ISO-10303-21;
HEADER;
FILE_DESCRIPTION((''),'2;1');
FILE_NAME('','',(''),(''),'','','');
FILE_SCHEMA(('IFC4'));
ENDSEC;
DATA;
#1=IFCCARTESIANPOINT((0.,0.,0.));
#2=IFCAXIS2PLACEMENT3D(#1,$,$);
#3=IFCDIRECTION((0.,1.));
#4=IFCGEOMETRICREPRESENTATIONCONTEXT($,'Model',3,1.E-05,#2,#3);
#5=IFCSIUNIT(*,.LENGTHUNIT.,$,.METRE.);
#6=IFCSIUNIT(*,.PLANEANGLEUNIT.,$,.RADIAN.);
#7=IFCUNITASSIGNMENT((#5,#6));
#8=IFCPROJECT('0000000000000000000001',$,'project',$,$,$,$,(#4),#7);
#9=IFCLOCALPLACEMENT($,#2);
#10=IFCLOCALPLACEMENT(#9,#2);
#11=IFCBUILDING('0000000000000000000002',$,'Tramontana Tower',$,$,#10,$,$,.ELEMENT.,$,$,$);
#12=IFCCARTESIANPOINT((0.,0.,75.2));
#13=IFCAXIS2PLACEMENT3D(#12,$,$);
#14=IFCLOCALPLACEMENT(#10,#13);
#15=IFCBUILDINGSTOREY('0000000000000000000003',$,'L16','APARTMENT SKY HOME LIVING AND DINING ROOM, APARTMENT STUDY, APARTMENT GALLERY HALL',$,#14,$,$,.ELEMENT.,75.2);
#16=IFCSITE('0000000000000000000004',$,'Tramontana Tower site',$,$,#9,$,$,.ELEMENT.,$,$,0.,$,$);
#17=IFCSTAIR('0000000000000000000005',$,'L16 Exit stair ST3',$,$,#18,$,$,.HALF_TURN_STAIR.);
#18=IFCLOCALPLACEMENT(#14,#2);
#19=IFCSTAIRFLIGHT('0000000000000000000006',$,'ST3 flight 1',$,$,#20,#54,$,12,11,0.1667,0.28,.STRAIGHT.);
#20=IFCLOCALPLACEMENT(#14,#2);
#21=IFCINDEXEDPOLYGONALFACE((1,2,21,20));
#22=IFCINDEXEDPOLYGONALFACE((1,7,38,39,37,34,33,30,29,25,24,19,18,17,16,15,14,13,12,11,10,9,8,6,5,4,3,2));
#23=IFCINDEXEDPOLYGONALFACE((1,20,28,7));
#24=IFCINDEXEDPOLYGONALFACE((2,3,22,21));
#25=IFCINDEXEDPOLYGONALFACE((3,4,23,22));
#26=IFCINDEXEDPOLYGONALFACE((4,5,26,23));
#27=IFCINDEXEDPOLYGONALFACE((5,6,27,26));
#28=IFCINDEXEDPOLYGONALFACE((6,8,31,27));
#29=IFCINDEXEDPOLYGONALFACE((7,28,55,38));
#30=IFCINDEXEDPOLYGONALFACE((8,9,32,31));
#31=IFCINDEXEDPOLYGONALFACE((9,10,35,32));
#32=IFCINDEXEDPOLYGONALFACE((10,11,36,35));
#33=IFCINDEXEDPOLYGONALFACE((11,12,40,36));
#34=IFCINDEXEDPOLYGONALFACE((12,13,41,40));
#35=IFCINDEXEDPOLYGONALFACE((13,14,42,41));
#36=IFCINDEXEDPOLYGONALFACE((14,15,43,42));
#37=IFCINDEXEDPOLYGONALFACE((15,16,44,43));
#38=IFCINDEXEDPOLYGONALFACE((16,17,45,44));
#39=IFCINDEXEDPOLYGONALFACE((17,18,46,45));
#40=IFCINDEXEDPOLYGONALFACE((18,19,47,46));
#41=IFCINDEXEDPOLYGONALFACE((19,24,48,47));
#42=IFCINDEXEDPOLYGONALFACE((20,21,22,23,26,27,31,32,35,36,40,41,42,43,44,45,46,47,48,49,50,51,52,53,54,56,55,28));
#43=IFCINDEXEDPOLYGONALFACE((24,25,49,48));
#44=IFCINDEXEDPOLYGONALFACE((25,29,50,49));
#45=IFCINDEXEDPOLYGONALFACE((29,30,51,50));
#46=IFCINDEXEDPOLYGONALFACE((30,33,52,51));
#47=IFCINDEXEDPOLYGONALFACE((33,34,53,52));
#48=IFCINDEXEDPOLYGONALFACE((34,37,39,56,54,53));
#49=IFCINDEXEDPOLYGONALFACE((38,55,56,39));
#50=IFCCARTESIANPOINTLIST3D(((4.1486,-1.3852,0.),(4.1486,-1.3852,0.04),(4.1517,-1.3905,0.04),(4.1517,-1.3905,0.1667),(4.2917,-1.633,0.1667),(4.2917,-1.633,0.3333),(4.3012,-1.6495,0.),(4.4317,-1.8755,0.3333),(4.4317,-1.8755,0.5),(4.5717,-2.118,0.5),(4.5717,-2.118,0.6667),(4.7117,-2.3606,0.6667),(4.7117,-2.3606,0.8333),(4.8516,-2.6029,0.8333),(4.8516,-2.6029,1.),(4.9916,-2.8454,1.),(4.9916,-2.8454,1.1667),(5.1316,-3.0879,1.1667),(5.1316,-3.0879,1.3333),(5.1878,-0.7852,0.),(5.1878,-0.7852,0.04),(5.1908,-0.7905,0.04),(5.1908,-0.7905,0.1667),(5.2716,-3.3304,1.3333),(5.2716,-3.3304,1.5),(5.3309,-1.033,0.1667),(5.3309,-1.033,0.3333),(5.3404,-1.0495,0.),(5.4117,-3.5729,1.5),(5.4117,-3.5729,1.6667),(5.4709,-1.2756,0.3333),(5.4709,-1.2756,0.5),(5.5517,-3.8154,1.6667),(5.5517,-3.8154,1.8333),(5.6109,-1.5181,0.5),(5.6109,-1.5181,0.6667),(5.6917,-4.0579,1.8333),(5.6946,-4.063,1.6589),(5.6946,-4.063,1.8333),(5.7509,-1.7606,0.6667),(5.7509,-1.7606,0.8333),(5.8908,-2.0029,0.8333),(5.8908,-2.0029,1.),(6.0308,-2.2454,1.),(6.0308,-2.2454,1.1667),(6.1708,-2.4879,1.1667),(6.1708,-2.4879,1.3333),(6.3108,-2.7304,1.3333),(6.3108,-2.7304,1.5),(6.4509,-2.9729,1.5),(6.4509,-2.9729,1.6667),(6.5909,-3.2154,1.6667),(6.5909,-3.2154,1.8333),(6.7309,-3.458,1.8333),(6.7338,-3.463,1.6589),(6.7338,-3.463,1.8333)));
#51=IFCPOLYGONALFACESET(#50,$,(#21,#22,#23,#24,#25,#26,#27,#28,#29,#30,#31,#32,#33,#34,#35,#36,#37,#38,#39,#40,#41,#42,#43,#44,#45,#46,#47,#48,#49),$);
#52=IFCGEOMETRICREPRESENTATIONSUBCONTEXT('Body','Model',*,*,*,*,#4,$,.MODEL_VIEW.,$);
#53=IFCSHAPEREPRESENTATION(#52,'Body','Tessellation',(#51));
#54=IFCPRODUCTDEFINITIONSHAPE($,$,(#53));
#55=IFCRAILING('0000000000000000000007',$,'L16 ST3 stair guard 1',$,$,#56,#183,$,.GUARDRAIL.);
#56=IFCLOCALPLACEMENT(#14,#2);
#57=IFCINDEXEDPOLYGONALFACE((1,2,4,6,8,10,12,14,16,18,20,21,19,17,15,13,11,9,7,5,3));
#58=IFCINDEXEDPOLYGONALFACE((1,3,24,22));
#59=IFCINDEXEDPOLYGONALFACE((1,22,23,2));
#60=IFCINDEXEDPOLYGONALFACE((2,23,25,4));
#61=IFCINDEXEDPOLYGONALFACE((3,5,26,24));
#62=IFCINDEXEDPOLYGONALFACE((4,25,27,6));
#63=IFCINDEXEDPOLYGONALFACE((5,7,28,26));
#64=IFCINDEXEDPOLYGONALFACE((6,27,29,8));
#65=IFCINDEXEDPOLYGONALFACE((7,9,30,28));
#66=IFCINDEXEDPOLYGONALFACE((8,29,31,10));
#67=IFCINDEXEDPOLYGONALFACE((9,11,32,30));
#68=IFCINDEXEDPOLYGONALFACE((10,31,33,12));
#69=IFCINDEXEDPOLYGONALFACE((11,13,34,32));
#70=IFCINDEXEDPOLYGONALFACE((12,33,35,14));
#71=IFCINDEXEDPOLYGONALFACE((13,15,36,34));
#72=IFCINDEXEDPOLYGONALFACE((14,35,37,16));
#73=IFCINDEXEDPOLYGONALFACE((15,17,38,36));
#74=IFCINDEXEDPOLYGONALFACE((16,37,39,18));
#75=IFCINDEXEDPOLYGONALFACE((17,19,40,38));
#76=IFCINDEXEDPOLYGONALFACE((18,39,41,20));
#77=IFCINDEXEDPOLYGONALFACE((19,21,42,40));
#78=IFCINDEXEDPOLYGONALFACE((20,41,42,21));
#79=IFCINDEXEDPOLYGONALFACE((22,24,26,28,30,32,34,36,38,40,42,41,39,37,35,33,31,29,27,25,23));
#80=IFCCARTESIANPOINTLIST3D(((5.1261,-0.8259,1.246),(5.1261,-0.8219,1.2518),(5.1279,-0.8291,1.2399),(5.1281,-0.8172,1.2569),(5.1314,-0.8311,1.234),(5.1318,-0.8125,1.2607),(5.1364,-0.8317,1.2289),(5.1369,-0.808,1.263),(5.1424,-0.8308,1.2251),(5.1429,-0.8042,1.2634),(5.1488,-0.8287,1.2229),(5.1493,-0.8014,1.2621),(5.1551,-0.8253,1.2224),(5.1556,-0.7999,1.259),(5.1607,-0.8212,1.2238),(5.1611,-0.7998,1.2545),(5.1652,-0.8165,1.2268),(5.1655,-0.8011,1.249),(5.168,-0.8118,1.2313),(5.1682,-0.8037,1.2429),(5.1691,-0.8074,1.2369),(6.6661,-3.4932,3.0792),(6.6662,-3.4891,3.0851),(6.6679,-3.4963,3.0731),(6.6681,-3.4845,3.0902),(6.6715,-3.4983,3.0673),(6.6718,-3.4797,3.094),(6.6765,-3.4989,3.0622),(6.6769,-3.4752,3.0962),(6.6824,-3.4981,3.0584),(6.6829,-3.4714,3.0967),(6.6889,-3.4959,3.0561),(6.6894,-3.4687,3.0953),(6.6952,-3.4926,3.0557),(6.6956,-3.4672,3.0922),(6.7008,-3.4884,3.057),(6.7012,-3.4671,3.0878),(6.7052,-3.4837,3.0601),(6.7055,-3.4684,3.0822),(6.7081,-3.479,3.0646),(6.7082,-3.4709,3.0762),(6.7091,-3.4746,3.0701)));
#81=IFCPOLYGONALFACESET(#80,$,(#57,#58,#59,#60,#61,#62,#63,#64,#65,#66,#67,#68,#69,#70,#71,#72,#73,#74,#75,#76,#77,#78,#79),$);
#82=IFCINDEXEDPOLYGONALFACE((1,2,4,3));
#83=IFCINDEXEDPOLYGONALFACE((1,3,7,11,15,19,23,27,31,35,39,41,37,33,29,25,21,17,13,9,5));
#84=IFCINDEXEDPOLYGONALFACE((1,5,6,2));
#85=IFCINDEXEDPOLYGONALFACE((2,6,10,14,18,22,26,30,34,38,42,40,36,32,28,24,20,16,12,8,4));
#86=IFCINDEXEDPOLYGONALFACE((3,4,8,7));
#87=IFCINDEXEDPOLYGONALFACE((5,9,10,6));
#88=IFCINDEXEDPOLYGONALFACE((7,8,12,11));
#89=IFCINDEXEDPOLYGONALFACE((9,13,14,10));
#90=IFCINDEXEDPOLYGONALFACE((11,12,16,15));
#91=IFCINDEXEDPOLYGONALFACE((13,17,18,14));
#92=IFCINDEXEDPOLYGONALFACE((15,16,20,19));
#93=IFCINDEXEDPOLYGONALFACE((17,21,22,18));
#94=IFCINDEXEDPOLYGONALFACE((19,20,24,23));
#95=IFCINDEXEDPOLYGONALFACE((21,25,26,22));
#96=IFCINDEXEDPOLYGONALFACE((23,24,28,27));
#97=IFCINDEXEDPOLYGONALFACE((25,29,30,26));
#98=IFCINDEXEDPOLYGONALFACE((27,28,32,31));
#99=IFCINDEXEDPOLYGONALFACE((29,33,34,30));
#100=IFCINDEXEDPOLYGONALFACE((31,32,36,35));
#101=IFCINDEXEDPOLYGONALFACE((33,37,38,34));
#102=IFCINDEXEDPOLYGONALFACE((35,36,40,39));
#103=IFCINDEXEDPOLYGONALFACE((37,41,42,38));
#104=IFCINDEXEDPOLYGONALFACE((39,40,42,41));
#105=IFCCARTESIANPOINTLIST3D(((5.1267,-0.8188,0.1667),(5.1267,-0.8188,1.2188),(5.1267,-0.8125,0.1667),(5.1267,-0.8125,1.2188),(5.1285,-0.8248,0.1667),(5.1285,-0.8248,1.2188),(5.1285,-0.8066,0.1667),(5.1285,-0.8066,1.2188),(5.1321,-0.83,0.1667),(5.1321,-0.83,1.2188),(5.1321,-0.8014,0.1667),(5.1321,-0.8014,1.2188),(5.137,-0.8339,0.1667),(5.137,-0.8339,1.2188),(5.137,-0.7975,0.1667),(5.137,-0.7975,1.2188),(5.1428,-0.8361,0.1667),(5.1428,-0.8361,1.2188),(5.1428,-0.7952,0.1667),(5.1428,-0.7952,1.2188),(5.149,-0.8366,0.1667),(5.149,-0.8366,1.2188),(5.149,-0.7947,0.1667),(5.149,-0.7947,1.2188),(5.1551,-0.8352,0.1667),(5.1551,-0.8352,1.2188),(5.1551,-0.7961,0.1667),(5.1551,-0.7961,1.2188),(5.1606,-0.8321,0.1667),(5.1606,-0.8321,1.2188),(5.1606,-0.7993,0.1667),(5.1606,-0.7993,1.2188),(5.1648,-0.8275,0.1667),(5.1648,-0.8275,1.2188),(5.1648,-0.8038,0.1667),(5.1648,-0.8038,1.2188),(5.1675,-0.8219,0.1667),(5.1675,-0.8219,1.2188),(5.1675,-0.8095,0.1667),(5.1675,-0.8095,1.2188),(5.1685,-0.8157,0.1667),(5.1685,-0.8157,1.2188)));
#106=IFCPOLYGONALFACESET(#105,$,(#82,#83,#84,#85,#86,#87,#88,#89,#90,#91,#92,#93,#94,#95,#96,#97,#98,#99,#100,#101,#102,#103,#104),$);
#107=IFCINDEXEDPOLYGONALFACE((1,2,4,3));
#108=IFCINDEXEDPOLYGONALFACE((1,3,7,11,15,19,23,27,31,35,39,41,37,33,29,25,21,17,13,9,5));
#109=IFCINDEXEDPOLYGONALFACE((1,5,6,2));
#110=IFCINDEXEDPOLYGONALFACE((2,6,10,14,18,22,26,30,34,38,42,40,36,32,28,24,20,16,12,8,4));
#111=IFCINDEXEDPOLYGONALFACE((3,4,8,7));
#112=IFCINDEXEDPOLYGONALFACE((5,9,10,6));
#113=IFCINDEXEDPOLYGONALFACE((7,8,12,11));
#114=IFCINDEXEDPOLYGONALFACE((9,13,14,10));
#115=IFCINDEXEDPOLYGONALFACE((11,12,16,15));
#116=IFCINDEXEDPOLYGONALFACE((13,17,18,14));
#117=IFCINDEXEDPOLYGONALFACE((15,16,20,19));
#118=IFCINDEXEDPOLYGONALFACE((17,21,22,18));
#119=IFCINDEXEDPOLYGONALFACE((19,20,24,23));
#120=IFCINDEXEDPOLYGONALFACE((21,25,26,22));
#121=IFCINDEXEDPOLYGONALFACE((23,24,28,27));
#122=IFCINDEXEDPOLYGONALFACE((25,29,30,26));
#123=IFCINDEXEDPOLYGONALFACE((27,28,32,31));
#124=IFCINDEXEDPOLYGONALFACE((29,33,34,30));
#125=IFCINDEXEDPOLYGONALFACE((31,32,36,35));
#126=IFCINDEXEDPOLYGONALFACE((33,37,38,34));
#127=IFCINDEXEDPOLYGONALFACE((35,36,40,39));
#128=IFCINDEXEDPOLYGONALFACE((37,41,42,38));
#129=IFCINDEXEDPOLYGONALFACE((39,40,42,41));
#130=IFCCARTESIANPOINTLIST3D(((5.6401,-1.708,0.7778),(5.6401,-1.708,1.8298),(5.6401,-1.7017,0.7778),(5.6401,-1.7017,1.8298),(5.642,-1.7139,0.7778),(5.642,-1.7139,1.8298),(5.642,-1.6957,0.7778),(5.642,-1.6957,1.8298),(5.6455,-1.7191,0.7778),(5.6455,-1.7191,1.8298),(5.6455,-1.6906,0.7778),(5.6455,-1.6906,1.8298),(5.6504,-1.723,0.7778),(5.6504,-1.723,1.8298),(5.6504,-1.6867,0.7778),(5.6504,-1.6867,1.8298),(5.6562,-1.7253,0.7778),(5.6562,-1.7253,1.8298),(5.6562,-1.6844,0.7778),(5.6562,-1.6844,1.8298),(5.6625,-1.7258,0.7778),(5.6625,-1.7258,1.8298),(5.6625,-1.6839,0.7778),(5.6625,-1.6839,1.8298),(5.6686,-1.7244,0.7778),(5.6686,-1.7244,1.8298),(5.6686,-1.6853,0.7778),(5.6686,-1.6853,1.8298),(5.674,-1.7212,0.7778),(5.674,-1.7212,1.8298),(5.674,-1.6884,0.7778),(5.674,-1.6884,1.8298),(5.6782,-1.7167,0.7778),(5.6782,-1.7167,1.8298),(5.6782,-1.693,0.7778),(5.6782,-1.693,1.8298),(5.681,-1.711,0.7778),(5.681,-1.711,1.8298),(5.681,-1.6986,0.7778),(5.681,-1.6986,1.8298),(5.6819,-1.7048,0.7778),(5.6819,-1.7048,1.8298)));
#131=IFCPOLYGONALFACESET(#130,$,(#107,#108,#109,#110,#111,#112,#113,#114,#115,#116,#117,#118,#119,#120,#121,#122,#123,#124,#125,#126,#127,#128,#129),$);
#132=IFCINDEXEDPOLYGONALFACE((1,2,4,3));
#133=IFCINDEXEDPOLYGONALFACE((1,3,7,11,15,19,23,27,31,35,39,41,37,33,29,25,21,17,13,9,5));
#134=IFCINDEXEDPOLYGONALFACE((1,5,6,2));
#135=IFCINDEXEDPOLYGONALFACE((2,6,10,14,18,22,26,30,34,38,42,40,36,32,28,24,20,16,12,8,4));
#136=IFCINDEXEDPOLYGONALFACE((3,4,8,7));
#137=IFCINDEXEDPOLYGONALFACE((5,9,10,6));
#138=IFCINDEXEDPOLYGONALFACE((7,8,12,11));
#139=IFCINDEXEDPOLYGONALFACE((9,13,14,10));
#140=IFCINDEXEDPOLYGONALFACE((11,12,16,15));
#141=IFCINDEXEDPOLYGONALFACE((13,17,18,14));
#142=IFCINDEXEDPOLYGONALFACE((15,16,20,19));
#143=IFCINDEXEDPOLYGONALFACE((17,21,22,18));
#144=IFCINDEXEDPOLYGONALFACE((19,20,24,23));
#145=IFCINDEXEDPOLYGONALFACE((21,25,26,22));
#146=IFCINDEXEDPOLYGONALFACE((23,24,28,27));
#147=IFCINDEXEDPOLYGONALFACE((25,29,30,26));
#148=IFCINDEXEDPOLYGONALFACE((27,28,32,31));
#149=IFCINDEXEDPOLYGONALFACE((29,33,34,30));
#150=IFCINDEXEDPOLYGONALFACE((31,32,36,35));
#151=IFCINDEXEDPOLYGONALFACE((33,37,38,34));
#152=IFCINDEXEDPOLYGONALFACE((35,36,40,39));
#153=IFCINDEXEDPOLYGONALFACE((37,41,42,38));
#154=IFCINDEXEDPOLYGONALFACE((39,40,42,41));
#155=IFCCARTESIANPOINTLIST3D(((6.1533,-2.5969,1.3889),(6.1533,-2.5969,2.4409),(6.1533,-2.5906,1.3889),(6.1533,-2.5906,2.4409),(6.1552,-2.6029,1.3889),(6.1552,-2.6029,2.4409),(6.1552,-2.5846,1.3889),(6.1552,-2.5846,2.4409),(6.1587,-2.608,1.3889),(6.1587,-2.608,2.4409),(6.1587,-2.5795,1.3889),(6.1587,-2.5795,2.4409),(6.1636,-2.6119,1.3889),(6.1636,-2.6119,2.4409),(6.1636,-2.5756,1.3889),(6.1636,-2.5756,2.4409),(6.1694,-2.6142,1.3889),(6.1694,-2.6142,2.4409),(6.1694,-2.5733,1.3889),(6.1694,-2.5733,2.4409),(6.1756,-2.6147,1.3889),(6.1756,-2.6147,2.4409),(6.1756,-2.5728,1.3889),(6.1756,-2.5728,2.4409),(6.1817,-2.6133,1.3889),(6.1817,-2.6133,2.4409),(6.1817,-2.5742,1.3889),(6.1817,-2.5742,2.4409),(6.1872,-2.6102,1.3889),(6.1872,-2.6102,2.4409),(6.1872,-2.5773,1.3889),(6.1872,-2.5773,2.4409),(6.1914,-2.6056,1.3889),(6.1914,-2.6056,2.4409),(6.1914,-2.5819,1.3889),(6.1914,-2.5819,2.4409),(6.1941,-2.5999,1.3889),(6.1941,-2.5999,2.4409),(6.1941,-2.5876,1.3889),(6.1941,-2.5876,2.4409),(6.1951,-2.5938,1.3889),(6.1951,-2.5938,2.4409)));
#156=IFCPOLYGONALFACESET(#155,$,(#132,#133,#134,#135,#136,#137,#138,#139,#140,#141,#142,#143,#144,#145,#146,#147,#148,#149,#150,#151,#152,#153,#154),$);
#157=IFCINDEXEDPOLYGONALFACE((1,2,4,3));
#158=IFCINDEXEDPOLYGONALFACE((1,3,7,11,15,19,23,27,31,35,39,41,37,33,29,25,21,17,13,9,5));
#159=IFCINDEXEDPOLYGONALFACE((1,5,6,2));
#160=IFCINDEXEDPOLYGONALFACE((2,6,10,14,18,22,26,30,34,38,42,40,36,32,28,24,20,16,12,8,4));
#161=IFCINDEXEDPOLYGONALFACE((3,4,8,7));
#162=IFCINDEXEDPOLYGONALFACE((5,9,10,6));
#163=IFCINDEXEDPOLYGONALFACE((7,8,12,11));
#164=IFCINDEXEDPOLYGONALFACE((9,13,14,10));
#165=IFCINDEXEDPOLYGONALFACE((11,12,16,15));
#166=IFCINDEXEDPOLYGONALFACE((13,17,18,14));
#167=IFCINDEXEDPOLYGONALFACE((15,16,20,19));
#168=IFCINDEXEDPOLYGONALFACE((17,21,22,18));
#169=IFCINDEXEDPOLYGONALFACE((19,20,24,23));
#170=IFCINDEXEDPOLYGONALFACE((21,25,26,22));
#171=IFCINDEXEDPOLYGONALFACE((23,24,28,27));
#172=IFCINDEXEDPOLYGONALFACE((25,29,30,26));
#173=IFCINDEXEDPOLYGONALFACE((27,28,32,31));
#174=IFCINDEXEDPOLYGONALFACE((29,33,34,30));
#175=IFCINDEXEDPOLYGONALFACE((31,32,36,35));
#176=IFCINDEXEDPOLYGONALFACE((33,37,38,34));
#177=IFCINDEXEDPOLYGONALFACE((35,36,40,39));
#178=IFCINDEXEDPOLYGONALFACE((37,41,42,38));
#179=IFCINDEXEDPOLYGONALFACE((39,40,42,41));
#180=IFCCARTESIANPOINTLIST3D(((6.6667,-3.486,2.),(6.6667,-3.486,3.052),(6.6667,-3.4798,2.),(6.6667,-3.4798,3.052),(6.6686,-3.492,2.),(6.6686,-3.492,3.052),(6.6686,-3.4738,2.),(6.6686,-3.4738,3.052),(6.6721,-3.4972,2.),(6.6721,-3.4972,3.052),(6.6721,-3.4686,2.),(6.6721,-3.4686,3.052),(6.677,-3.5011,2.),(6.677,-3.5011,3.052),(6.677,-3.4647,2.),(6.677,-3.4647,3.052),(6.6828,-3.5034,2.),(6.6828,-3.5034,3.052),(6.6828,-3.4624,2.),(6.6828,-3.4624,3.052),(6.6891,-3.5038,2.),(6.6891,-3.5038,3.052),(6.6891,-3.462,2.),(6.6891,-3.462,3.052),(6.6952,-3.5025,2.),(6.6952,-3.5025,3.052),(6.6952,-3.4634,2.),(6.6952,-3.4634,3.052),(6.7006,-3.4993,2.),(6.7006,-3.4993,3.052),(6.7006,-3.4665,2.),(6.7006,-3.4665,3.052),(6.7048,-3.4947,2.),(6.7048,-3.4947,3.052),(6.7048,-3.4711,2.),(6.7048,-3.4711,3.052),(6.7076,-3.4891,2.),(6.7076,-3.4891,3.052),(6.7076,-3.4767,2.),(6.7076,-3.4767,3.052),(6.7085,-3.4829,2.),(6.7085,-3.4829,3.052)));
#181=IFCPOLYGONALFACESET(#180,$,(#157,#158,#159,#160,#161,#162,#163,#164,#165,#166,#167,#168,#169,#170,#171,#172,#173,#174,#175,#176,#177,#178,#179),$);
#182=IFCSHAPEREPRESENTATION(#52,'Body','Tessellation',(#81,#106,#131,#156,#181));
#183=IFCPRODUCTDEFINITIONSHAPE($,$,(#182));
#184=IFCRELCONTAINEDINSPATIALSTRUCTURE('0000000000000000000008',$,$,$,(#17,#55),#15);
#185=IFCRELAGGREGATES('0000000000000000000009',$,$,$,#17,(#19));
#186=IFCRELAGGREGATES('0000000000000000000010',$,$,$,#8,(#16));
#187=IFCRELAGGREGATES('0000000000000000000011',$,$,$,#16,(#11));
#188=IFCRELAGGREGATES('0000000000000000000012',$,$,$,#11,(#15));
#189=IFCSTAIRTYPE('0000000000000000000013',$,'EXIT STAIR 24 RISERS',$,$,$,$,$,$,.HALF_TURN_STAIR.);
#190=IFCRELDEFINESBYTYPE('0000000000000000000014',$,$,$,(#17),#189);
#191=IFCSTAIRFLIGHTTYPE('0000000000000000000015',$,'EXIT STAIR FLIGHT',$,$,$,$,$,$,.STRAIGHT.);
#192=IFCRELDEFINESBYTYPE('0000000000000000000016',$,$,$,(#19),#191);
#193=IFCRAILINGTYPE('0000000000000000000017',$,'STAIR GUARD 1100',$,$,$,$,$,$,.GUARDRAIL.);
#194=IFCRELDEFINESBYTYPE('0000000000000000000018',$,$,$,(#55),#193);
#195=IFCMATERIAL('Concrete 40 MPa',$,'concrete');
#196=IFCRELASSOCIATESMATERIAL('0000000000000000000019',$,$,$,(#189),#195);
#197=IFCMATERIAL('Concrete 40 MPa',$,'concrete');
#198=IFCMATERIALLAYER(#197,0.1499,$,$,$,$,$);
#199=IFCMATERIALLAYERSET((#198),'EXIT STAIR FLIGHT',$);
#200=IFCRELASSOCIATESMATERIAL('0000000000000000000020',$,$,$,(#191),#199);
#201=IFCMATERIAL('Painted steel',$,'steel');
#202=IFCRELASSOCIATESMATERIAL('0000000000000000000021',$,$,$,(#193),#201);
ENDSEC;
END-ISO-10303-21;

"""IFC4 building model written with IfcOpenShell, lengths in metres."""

from ifc_helpers import new_model, si_unit, direction, frame, origin, origin_2d, place, context, subcontext, project, spatial, polyline, circle, outline, extrude, material, layer, layer_set, type_object, element, aggregate, save


model = new_model("IFC4")

# Units and contexts
model_context = context("Model", 3, precision=1e-05, world=origin(), true_north=direction((0.0, 1.0)))
body_context = subcontext(model_context, "Body", "Model", "MODEL_VIEW")
ifc_project = project(units=[si_unit("LENGTHUNIT", "METRE"), si_unit("PLANEANGLEUNIT", "RADIAN")], contexts=[model_context])

# Site, building, storey
site_placement = place(None, origin())
site = spatial("IfcSite", under=ifc_project, at=site_placement, Name="Tramontana Tower site", CompositionType="ELEMENT", RefElevation=0.0)
building_placement = place(site_placement, origin())
building = spatial("IfcBuilding", under=site, at=building_placement, Name="Tramontana Tower", CompositionType="ELEMENT")
storey_placement = place(building_placement, frame((0.0, 0.0, 75.2)))
storey = spatial("IfcBuildingStorey", under=building, at=storey_placement, Name="L16", Description="APARTMENT SKY HOME LIVING AND DINING ROOM, APARTMENT STUDY, APARTMENT GALLERY HALL", CompositionType="ELEMENT", Elevation=75.2)

# Stair
ifc_material_1 = material(Name="Concrete 40 MPa", Category="concrete")
stair_type = type_object("IfcStairType", Name="EXIT STAIR 24 RISERS", PredefinedType="HALF_TURN_STAIR", material=ifc_material_1)
stair_1_placement = place(storey_placement, origin())
stair_1 = element("IfcStair", 1, at=stair_1_placement, inside=storey, type_object=stair_type, Name="L16 Exit stair ST3", PredefinedType="HALF_TURN_STAIR")

# Stair flight
ifc_material_2 = material(Name="Concrete 40 MPa", Category="concrete")
ifc_layer_1 = layer(ifc_material_2, 0.1499)
ifc_layer_set_1 = layer_set([ifc_layer_1], Name="EXIT STAIR FLIGHT")
stair_flight_type = type_object("IfcStairFlightType", Name="EXIT STAIR FLIGHT", PredefinedType="STRAIGHT", material=ifc_layer_set_1)
stair_flight_placement = place(storey_placement, frame((4.6711, -1.0906, 0.0), z_axis=(0.0, 0.0, 1.0), x_axis=(0.5, -0.866025, 0.0)))
stair_flight = element("IfcStairFlight", 2, at=stair_flight_placement, type_object=stair_flight_type, Name="ST3 flight 1", NumberOfRisers=12, NumberOfTreads=11, PredefinedType="STRAIGHT", RiserHeight=0.1667, TreadLength=0.28, context=body_context, shape_type="SweptSolid", body=[
    extrude(outline(polyline([(-0.0061, 0.0), (-0.0061, 0.04), (0.0, 0.04), (0.0, 0.1667), (0.28, 0.1667), (0.28, 0.3333), (0.5601, 0.3333), (0.5601, 0.5), (0.8401, 0.5), (0.8401, 0.6667), (1.1201, 0.6667), (1.1201, 0.8333), (1.3999, 0.8333), (1.3999, 1.0), (1.6799, 1.0), (1.6799, 1.1667), (1.96, 1.1667), (1.96, 1.3333), (2.24, 1.3333), (2.24, 1.5), (2.52, 1.5), (2.52, 1.6667), (2.8, 1.6667), (2.8, 1.8333), (3.0801, 1.8333), (3.0859, 1.8333), (3.0859, 1.6589), (0.2991, 0.0), (-0.0061, 0.0)])), frame((0.0, 0.6001, 0.0), z_axis=(0.0, -1.0, 0.0), x_axis=(1.0, 0.0, 0.0)), (0.0, 0.0, 1.0), 1.2),
])
aggregate(stair_1, [stair_flight])

# Railing
ifc_material_3 = material(Name="Painted steel", Category="steel")
railing_type_1 = type_object("IfcRailingType", Name="STAIR GUARD 1100", PredefinedType="GUARDRAIL", material=ifc_material_3)
railing_1_placement = place(storey_placement, frame((5.1475, -0.8157, 0.1667)))
element("IfcRailing", 3, at=railing_1_placement, inside=storey, type_object=railing_type_1, Name="L16 ST3 stair guard 1", PredefinedType="GUARDRAIL", context=body_context, shape_type="SweptSolid", body=[
    extrude(circle(Radius=0.0239, at=origin_2d()), frame((0.0, 0.0, 1.0762), z_axis=(0.429671, -0.744159, 0.511478), x_axis=(0.86601, 0.500027, 0.0)), (0.0, 0.0, 1.0), 3.5842),
    extrude(circle(Radius=0.021, at=origin_2d()), origin(), (0.0, 0.0, 1.0), 1.052),
    extrude(circle(Radius=0.021, at=origin_2d()), frame((0.5134, -0.8892, 0.6111)), (0.0, 0.0, 1.0), 1.052),
    extrude(circle(Radius=0.021, at=origin_2d()), frame((1.0266, -1.7781, 1.2222)), (0.0, 0.0, 1.0), 1.052),
    extrude(circle(Radius=0.021, at=origin_2d()), frame((1.54, -2.6672, 1.8333)), (0.0, 0.0, 1.0), 1.052),
])

save(model, "model.ifc")
